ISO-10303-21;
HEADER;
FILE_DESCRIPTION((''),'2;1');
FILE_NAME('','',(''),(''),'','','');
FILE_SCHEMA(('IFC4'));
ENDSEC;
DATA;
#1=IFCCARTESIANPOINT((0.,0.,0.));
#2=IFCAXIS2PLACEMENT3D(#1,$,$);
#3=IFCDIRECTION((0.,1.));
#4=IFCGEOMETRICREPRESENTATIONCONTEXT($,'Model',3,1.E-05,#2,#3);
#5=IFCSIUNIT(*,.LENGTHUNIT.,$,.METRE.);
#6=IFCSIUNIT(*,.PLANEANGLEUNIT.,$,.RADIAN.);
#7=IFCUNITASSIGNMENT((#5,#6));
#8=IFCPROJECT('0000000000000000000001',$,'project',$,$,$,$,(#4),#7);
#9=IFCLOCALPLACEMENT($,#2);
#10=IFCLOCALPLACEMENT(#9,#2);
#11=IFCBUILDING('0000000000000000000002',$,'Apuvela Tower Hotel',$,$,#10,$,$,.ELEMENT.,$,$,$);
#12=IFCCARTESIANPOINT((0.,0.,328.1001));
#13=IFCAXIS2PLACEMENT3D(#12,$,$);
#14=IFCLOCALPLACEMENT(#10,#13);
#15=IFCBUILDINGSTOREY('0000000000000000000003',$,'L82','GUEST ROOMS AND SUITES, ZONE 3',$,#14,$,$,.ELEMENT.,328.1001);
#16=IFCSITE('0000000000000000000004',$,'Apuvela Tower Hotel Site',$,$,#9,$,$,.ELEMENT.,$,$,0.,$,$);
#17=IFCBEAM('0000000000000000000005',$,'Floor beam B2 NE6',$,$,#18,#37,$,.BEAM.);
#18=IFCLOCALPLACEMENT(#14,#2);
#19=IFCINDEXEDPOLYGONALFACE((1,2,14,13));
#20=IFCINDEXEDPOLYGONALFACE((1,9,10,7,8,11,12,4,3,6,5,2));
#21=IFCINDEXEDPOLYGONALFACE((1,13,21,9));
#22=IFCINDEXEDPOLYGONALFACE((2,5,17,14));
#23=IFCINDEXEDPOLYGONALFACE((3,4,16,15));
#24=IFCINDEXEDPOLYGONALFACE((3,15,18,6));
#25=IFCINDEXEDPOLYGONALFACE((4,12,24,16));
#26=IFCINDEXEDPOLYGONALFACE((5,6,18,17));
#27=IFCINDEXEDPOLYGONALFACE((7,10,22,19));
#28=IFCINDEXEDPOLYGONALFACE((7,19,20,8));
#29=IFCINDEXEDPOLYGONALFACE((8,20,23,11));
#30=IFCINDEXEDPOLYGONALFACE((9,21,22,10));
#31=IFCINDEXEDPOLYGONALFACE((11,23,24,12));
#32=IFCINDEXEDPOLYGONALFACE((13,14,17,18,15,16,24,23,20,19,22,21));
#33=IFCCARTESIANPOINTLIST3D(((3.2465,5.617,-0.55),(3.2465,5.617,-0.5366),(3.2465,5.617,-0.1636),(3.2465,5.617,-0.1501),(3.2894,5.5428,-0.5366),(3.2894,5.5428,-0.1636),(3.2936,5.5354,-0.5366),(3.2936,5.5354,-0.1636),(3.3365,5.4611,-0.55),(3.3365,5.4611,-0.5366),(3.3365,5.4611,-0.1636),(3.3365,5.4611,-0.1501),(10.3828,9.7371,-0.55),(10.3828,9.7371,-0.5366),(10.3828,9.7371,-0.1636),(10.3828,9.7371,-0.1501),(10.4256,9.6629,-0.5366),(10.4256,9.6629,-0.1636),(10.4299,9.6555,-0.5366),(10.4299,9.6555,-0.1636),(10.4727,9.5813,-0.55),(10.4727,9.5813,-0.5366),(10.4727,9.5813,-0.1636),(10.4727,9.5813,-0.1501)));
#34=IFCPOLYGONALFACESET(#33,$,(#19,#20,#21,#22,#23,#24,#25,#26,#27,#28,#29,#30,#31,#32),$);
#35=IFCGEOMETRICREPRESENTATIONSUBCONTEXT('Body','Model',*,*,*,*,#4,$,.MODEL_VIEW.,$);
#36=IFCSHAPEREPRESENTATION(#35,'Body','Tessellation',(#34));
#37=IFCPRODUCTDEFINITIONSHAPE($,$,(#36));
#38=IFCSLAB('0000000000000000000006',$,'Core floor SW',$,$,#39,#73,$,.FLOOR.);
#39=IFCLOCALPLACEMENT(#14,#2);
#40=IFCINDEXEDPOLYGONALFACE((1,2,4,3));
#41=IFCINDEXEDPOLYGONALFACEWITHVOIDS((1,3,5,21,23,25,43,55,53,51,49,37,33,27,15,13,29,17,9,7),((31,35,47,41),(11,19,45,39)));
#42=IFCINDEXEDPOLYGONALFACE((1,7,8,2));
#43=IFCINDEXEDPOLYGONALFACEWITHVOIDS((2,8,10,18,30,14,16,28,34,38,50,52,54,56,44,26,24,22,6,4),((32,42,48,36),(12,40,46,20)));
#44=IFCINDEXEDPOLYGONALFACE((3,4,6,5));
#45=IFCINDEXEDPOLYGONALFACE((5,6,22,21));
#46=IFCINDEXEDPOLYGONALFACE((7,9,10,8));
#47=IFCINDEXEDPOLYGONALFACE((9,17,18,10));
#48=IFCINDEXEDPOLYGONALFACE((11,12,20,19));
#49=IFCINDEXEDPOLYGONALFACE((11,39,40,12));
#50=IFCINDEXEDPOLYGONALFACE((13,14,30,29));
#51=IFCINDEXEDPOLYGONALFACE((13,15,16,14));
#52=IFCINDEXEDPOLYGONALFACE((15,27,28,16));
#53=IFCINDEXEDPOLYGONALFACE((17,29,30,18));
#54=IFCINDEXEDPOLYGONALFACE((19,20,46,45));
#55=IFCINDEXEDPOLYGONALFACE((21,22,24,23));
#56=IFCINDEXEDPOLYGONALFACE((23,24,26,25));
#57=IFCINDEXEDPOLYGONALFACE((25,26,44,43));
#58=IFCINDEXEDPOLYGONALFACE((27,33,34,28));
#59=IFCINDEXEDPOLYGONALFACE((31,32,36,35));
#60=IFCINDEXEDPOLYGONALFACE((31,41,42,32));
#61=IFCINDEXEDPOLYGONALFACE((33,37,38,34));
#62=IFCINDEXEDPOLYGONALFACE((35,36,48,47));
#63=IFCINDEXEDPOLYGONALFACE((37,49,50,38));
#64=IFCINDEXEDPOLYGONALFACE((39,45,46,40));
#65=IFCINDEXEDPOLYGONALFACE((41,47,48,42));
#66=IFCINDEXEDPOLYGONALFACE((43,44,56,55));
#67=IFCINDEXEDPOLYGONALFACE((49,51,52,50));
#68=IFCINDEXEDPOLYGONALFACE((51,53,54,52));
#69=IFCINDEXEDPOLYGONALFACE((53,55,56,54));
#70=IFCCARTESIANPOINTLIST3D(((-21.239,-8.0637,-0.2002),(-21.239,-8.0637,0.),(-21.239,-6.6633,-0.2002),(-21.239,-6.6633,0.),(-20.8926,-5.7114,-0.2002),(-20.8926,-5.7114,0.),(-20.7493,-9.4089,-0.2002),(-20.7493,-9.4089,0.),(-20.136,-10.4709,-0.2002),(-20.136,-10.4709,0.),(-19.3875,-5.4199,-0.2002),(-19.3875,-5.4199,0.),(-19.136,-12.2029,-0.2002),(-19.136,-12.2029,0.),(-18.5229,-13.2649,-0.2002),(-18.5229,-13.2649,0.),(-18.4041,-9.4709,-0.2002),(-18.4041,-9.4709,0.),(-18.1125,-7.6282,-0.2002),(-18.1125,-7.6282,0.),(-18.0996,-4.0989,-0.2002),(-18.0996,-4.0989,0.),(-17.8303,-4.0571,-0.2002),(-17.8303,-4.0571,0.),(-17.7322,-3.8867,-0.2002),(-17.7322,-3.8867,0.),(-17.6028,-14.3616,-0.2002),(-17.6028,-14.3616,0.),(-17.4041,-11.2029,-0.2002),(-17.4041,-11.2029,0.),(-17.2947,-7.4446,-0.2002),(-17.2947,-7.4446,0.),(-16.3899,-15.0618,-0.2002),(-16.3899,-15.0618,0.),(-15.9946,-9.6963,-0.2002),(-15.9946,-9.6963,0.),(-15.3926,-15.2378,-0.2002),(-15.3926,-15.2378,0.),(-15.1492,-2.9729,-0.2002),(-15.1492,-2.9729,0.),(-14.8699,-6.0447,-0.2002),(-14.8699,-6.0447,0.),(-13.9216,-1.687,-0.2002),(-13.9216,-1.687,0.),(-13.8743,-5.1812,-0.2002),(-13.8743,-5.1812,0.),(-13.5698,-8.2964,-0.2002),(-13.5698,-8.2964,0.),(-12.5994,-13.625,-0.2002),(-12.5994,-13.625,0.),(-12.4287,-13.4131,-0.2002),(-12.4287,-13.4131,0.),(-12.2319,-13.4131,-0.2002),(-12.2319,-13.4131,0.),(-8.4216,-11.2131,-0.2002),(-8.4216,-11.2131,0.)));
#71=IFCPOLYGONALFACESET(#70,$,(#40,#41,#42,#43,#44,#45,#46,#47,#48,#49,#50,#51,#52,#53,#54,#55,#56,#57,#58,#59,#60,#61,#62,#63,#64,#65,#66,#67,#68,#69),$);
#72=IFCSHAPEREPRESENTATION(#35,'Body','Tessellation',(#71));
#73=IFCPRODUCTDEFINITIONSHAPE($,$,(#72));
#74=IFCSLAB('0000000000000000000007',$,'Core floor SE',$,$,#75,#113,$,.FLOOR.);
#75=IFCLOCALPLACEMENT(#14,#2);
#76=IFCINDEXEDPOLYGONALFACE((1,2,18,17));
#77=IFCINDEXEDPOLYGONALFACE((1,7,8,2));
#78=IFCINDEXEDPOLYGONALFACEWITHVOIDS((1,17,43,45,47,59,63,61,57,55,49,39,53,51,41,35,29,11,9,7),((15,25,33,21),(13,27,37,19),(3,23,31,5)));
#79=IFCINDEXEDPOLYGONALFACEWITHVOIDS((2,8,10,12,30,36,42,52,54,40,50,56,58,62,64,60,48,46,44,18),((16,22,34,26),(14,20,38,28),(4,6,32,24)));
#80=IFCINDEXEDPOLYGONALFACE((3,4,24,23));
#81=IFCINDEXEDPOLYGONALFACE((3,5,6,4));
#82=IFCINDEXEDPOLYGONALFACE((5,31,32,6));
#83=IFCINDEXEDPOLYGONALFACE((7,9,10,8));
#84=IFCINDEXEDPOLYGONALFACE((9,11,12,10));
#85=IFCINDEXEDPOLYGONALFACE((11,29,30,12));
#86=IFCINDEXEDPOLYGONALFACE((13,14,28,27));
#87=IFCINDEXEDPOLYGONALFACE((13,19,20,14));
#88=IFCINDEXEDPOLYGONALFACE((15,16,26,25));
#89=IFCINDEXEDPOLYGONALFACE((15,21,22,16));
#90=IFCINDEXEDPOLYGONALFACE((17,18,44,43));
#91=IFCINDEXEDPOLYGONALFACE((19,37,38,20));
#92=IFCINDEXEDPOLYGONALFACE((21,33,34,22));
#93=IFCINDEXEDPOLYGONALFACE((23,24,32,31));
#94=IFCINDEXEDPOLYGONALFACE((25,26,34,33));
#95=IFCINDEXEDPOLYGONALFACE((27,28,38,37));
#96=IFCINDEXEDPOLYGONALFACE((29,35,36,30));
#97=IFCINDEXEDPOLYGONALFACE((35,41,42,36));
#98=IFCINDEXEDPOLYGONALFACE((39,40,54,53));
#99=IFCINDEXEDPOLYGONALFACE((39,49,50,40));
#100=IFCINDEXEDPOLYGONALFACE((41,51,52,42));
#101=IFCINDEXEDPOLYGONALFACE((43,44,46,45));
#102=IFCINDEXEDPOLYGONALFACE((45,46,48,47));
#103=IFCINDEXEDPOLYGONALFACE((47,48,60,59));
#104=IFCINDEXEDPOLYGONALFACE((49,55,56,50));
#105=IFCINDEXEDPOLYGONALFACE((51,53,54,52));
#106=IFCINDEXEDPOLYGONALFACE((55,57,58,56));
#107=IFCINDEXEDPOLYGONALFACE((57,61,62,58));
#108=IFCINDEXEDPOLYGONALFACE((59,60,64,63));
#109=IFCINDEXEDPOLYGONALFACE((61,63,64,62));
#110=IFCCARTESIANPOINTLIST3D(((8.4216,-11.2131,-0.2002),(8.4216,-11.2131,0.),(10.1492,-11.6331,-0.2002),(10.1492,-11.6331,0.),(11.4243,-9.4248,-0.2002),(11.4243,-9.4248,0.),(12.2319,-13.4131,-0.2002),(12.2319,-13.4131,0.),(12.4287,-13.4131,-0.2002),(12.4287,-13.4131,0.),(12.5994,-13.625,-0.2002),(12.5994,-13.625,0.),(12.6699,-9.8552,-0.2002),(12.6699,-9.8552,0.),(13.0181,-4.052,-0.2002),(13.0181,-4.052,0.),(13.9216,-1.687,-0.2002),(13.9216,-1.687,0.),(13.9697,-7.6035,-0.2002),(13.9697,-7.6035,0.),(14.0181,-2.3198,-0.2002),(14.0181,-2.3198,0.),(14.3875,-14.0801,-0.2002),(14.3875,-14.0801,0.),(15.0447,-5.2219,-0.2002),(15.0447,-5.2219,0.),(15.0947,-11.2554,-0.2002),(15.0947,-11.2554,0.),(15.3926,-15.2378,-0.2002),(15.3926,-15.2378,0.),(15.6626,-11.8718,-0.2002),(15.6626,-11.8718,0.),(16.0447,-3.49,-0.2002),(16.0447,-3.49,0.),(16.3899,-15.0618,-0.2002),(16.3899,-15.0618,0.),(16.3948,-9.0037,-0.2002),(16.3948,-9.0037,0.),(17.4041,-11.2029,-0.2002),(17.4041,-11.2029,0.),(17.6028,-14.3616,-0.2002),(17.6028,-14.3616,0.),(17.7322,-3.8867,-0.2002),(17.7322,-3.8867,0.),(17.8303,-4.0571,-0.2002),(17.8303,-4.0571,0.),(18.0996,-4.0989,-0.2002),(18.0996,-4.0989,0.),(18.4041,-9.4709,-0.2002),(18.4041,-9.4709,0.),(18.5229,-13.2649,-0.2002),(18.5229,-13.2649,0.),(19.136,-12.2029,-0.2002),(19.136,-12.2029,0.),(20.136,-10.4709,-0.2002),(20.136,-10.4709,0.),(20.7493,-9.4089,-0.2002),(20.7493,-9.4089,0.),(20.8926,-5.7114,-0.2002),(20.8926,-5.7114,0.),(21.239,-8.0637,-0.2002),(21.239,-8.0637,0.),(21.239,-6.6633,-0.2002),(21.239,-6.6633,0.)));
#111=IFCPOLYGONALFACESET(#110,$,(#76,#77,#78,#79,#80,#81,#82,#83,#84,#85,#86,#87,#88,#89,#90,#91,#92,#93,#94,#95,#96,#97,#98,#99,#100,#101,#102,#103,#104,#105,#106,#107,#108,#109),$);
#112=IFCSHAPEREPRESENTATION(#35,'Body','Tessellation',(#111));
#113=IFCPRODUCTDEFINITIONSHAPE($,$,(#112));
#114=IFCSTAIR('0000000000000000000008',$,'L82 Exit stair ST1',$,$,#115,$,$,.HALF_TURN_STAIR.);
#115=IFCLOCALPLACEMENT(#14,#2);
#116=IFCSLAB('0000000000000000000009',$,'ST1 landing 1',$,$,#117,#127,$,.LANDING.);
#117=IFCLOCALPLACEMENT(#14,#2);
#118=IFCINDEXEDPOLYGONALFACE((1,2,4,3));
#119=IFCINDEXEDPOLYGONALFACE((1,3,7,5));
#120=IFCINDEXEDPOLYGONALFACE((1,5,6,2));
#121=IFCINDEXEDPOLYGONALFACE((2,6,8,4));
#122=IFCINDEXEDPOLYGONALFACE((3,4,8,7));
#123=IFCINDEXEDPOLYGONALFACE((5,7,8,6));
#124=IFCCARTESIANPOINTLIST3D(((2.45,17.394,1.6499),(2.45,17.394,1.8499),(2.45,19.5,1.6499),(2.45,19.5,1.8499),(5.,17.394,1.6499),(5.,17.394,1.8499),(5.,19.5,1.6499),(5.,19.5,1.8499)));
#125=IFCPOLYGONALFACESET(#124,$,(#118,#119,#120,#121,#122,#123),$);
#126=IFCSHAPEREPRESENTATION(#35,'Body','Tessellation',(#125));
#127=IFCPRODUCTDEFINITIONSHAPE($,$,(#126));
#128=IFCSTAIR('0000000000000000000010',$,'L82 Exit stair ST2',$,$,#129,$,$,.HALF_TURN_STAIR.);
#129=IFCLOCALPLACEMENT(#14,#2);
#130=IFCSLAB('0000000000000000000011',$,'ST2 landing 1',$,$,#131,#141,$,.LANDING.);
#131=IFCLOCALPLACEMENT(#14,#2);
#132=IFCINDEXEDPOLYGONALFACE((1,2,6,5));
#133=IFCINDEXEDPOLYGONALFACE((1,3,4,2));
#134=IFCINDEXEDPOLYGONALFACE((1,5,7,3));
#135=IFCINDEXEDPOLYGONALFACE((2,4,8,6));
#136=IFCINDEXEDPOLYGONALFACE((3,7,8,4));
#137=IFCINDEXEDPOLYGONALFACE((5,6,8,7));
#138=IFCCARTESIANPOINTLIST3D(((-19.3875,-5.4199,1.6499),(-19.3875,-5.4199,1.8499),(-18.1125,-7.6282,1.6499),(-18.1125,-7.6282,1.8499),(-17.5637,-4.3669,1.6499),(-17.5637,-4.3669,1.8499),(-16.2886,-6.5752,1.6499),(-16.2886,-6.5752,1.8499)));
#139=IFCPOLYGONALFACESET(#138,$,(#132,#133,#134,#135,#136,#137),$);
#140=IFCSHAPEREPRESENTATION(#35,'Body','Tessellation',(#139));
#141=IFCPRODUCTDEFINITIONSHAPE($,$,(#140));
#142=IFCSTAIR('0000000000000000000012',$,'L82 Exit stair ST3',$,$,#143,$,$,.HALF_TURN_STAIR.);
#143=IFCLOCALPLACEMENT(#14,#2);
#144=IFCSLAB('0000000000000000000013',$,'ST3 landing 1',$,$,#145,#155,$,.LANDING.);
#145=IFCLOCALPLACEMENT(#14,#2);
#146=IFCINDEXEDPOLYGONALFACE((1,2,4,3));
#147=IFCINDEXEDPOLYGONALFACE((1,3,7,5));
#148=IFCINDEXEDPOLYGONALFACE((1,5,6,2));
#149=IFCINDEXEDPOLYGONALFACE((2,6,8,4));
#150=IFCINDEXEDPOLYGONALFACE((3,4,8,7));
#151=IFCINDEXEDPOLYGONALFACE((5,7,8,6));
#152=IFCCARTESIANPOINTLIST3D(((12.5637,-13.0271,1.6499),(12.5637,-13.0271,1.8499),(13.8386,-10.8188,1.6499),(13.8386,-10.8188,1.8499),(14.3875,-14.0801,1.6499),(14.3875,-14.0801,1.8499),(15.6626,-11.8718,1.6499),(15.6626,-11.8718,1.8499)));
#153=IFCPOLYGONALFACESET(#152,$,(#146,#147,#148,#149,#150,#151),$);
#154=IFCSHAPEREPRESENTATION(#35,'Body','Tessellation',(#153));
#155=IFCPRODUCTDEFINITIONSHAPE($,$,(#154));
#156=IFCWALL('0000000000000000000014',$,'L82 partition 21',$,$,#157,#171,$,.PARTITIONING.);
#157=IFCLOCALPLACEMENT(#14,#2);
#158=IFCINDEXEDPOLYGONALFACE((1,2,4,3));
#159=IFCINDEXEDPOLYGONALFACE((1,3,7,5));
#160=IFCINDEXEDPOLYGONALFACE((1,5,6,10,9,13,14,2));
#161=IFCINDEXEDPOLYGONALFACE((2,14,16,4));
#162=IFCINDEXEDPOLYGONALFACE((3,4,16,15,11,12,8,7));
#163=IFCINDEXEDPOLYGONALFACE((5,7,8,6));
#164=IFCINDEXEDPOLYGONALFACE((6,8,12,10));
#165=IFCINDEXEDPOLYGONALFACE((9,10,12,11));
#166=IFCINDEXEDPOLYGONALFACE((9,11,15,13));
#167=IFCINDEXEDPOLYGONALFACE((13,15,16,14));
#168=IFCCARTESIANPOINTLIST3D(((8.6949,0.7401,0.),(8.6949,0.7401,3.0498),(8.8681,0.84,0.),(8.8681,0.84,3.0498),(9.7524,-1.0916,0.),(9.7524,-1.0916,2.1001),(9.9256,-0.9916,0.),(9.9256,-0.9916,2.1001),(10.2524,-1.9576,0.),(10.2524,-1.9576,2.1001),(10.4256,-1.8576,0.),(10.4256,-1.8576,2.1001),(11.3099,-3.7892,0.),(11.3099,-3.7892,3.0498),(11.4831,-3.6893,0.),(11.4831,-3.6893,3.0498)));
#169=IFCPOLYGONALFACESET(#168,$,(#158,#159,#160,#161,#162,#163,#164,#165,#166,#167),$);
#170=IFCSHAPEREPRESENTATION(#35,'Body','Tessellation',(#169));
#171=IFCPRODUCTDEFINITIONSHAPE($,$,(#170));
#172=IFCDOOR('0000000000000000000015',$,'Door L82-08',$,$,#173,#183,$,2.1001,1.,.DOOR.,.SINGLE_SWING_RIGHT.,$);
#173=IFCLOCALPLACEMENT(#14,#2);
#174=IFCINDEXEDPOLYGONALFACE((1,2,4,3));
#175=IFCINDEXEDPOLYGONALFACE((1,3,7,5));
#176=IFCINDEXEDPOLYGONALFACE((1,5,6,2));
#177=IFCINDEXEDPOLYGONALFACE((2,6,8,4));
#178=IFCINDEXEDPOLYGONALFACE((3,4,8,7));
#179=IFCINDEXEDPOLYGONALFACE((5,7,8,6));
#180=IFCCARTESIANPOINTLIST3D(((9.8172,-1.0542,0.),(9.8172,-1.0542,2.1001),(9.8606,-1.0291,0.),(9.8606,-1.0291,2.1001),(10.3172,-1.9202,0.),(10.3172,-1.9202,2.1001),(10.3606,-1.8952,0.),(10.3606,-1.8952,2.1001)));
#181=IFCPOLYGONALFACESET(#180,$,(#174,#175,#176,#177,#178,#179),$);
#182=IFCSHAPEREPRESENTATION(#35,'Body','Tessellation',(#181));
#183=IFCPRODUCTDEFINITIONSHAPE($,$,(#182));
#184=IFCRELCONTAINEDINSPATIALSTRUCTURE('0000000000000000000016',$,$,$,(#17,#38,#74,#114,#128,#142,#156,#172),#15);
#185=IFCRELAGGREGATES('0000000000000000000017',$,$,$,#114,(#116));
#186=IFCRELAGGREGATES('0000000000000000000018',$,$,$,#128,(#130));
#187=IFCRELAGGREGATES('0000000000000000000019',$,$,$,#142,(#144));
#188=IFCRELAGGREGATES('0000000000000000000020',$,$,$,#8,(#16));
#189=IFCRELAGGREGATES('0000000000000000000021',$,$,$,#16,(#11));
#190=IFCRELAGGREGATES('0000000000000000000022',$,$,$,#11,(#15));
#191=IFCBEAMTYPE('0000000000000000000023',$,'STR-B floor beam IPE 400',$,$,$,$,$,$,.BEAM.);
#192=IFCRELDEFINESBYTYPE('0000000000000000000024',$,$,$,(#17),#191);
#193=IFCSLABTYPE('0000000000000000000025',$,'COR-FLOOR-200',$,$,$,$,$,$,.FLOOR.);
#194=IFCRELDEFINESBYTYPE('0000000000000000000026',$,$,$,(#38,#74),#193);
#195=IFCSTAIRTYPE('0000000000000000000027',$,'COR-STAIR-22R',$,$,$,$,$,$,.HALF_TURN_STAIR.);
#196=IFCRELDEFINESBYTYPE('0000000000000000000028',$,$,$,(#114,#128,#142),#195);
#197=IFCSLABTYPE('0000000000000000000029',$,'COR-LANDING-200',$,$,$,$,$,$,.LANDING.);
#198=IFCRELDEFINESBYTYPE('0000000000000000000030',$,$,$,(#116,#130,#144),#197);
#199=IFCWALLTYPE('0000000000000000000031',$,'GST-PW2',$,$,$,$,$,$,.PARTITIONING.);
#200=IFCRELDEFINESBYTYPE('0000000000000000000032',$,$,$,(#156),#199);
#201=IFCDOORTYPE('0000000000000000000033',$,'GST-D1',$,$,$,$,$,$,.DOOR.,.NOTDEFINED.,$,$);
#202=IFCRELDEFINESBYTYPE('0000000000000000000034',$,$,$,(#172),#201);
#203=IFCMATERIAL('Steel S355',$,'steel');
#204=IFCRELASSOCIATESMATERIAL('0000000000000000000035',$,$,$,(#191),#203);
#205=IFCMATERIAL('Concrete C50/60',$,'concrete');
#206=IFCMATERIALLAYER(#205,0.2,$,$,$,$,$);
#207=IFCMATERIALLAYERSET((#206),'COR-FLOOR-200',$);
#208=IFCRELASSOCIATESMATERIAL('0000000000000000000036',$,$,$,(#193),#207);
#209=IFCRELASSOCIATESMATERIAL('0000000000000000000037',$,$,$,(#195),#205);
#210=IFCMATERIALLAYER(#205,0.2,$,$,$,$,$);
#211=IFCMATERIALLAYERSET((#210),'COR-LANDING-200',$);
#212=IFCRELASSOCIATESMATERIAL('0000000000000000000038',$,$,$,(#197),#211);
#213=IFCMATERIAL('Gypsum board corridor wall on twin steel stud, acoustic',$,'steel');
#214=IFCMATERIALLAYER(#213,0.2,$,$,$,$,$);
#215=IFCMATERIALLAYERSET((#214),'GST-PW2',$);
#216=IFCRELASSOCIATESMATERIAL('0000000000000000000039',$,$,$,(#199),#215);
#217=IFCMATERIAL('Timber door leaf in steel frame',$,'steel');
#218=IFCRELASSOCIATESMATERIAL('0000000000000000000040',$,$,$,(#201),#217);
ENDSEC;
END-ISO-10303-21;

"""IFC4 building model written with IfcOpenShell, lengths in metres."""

from ifc_helpers import new_model, si_unit, direction, frame, frame_2d, origin, origin_2d, place, context, subcontext, project, spatial, polyline, rectangle, i_section, outline, extrude, material, layer, layer_set, material_profile, profile_set, type_object, element, fill, aggregate, save


model = new_model("IFC4")

# Units and contexts
model_context = context("Model", 3, precision=1e-05, world=origin(), true_north=direction((0.0, 1.0)))
body_context = subcontext(model_context, "Body", "Model", "MODEL_VIEW")
ifc_project = project(units=[si_unit("LENGTHUNIT", "METRE"), si_unit("PLANEANGLEUNIT", "RADIAN")], contexts=[model_context])

# Site, building, storey
site_placement = place(None, origin())
site = spatial("IfcSite", under=ifc_project, at=site_placement, Name="Apuvela Tower Hotel Site", CompositionType="ELEMENT", RefElevation=0.0)
building_placement = place(site_placement, origin())
building = spatial("IfcBuilding", under=site, at=building_placement, Name="Apuvela Tower Hotel", CompositionType="ELEMENT")
storey_placement = place(building_placement, frame((0.0, 0.0, 328.1001)))
storey = spatial("IfcBuildingStorey", under=building, at=storey_placement, Name="L82", Description="GUEST ROOMS AND SUITES, ZONE 3", CompositionType="ELEMENT", Elevation=328.1001)

# Beam
ifc_material_1 = material(Name="Steel S355", Category="steel")
ifc_material_profile = material_profile(ifc_material_1, i_section(OverallWidth=0.1799, OverallDepth=0.3999, WebThickness=0.0085, FlangeThickness=0.0134, at=origin_2d()), Name="IPE 400")
ifc_profile_set = profile_set([ifc_material_profile], Name="Steel S355")
beam_type = type_object("IfcBeamType", Name="STR-B floor beam IPE 400", PredefinedType="BEAM", material=ifc_profile_set)
beam_placement = place(storey_placement, frame((10.4277, 9.6592, -0.3501), z_axis=(-0.866025, -0.500001, 0.0), x_axis=(0.500001, -0.866025, 0.0)))
element("IfcBeam", 1, at=beam_placement, inside=storey, type_object=beam_type, Name="Floor beam B2 NE6", PredefinedType="BEAM", context=body_context, shape_type="SweptSolid", body=[
    extrude(i_section(OverallWidth=0.1799, OverallDepth=0.3999, WebThickness=0.0085, FlangeThickness=0.0134, at=origin_2d()), origin(), (0.0, 0.0, 1.0), 8.2402),
])

# Slabs
ifc_material_2 = material(Name="Concrete C50/60", Category="concrete")
ifc_layer_1 = layer(ifc_material_2, 0.2)
ifc_layer_set_1 = layer_set([ifc_layer_1], Name="COR-FLOOR-200")
slab_type_1 = type_object("IfcSlabType", Name="COR-FLOOR-200", PredefinedType="FLOOR", material=ifc_layer_set_1)
slab_1_placement = place(storey_placement, frame((0.0, 0.0, -0.2002)))
element("IfcSlab", 2, at=slab_1_placement, inside=storey, type_object=slab_type_1, Name="Core floor SW", PredefinedType="FLOOR", context=body_context, shape_type="SweptSolid", body=[
    extrude(outline(polyline([(-17.8303, -4.0571), (-18.0996, -4.0989), (-20.8926, -5.7114), (-21.239, -6.6633), (-21.239, -8.0637), (-20.7493, -9.4089), (-20.136, -10.4709), (-18.4041, -9.4709), (-17.4041, -11.2029), (-19.136, -12.2029), (-18.5229, -13.2649), (-17.6028, -14.3616), (-16.3899, -15.0618), (-15.3926, -15.2378), (-12.5994, -13.625), (-12.4287, -13.4131), (-12.2319, -13.4131), (-8.4216, -11.2131), (-13.9216, -1.687), (-17.7322, -3.8867), (-17.8303, -4.0571)]), holes=[polyline([(-13.8743, -5.1812), (-18.1125, -7.6282), (-19.3875, -5.4199), (-15.1492, -2.9729), (-13.8743, -5.1812)]), polyline([(-13.5698, -8.2964), (-15.9946, -9.6963), (-17.2947, -7.4446), (-14.8699, -6.0447), (-13.5698, -8.2964)])]), origin(), (0.0, 0.0, 1.0), 0.2002),
])
slab_2_placement = place(storey_placement, frame((0.0, 0.0, -0.2002)))
element("IfcSlab", 3, at=slab_2_placement, inside=storey, type_object=slab_type_1, Name="Core floor SE", PredefinedType="FLOOR", context=body_context, shape_type="SweptSolid", body=[
    extrude(outline(polyline([(12.4287, -13.4131), (12.5994, -13.625), (15.3926, -15.2378), (16.3899, -15.0618), (17.6028, -14.3616), (18.5229, -13.2649), (19.136, -12.2029), (17.4041, -11.2029), (18.4041, -9.4709), (20.136, -10.4709), (20.7493, -9.4089), (21.239, -8.0637), (21.239, -6.6633), (20.8926, -5.7114), (18.0996, -4.0989), (17.8303, -4.0571), (17.7322, -3.8867), (13.9216, -1.687), (8.4216, -11.2131), (12.2319, -13.4131), (12.4287, -13.4131)]), holes=[polyline([(14.0181, -2.3198), (16.0447, -3.49), (15.0447, -5.2219), (13.0181, -4.052), (14.0181, -2.3198)]), polyline([(10.1492, -11.6331), (11.4243, -9.4248), (15.6626, -11.8718), (14.3875, -14.0801), (10.1492, -11.6331)]), polyline([(12.6699, -9.8552), (13.9697, -7.6035), (16.3948, -9.0037), (15.0947, -11.2554), (12.6699, -9.8552)])]), origin(), (0.0, 0.0, 1.0), 0.2002),
])

# Stairs, slabs
stair_type = type_object("IfcStairType", Name="COR-STAIR-22R", PredefinedType="HALF_TURN_STAIR", material=ifc_material_2)
stair_1_placement = place(storey_placement, origin())
stair_1 = element("IfcStair", 4, at=stair_1_placement, inside=storey, type_object=stair_type, Name="L82 Exit stair ST1", PredefinedType="HALF_TURN_STAIR")
ifc_layer_2 = layer(ifc_material_2, 0.2)
ifc_layer_set_2 = layer_set([ifc_layer_2], Name="COR-LANDING-200")
slab_type_2 = type_object("IfcSlabType", Name="COR-LANDING-200", PredefinedType="LANDING", material=ifc_layer_set_2)
slab_3_placement = place(storey_placement, frame((0.0, 0.0, 1.6499)))
slab_3 = element("IfcSlab", 5, at=slab_3_placement, type_object=slab_type_2, Name="ST1 landing 1", PredefinedType="LANDING", context=body_context, shape_type="SweptSolid", body=[
    extrude(outline(polyline([(5.0, 17.394), (5.0, 19.5), (2.45, 19.5), (2.45, 17.394), (5.0, 17.394)])), origin(), (0.0, 0.0, 1.0), 0.2),
])
aggregate(stair_1, [slab_3])
stair_2_placement = place(storey_placement, origin())
stair_2 = element("IfcStair", 6, at=stair_2_placement, inside=storey, type_object=stair_type, Name="L82 Exit stair ST2", PredefinedType="HALF_TURN_STAIR")
slab_4_placement = place(storey_placement, frame((0.0, 0.0, 1.6499)))
slab_4 = element("IfcSlab", 7, at=slab_4_placement, type_object=slab_type_2, Name="ST2 landing 1", PredefinedType="LANDING", context=body_context, shape_type="SweptSolid", body=[
    extrude(outline(polyline([(-17.5637, -4.3669), (-19.3875, -5.4199), (-18.1125, -7.6282), (-16.2886, -6.5752), (-17.5637, -4.3669)])), origin(), (0.0, 0.0, 1.0), 0.2),
])
aggregate(stair_2, [slab_4])
stair_3_placement = place(storey_placement, origin())
stair_3 = element("IfcStair", 8, at=stair_3_placement, inside=storey, type_object=stair_type, Name="L82 Exit stair ST3", PredefinedType="HALF_TURN_STAIR")
slab_5_placement = place(storey_placement, frame((0.0, 0.0, 1.6499)))
slab_5 = element("IfcSlab", 9, at=slab_5_placement, type_object=slab_type_2, Name="ST3 landing 1", PredefinedType="LANDING", context=body_context, shape_type="SweptSolid", body=[
    extrude(outline(polyline([(12.5637, -13.0271), (14.3875, -14.0801), (15.6626, -11.8718), (13.8386, -10.8188), (12.5637, -13.0271)])), origin(), (0.0, 0.0, 1.0), 0.2),
])
aggregate(stair_3, [slab_5])

# Wall, opening, door
ifc_material_3 = material(Name="Gypsum board corridor wall on twin steel stud, acoustic", Category="steel")
ifc_layer_3 = layer(ifc_material_3, 0.2)
ifc_layer_set_3 = layer_set([ifc_layer_3], Name="GST-PW2")
wall_type_1 = type_object("IfcWallType", Name="GST-PW2", PredefinedType="PARTITIONING", material=ifc_layer_set_3)
wall_1_placement = place(storey_placement, frame((8.7815, 0.79, 0.0), z_axis=(0.0, 0.0, 1.0), x_axis=(0.5, -0.866025, 0.0)))
wall_1 = element("IfcWall", 10, at=wall_1_placement, inside=storey, type_object=wall_type_1, Name="L82 partition 21", PredefinedType="PARTITIONING", context=body_context, shape_type="SweptSolid", body=[
    extrude(rectangle(XDim=5.23, YDim=0.2, at=frame_2d((2.615, 0.0))), origin(), (0.0, 0.0, 1.0), 3.0498),
])
opening_1_placement = place(wall_1_placement, frame((2.115, 0.0, 0.0)))
opening_1 = element("IfcOpeningElement", 11, at=opening_1_placement, cuts=wall_1, PredefinedType="OPENING", context=body_context, shape_type="SweptSolid", body=[
    extrude(rectangle(XDim=1.0, YDim=2.1001, at=frame_2d((0.5, 1.05))), frame((0.0, 0.1099, 0.0), z_axis=(0.0, -1.0, 0.0), x_axis=(1.0, 0.0, 0.0)), (0.0, 0.0, 1.0), 0.22),
])
ifc_material_4 = material(Name="Timber door leaf in steel frame", Category="steel")
door_type_1 = type_object("IfcDoorType", Name="GST-D1", OperationType="NOTDEFINED", PredefinedType="DOOR", material=ifc_material_4)
door_1_placement = place(opening_1_placement, origin())
door_1 = element("IfcDoor", 12, at=door_1_placement, inside=storey, type_object=door_type_1, Name="Door L82-08", OperationType="SINGLE_SWING_RIGHT", OverallHeight=2.1001, OverallWidth=1.0, PredefinedType="DOOR", context=body_context, shape_type="SweptSolid", body=[
    extrude(rectangle(XDim=1.0, YDim=2.1001, at=frame_2d((0.5, 1.05))), frame((0.0, 0.0249, 0.0), z_axis=(0.0, -1.0, 0.0), x_axis=(1.0, 0.0, 0.0)), (0.0, 0.0, 1.0), 0.05),
])
fill(opening_1, door_1)

save(model, "model.ifc")
